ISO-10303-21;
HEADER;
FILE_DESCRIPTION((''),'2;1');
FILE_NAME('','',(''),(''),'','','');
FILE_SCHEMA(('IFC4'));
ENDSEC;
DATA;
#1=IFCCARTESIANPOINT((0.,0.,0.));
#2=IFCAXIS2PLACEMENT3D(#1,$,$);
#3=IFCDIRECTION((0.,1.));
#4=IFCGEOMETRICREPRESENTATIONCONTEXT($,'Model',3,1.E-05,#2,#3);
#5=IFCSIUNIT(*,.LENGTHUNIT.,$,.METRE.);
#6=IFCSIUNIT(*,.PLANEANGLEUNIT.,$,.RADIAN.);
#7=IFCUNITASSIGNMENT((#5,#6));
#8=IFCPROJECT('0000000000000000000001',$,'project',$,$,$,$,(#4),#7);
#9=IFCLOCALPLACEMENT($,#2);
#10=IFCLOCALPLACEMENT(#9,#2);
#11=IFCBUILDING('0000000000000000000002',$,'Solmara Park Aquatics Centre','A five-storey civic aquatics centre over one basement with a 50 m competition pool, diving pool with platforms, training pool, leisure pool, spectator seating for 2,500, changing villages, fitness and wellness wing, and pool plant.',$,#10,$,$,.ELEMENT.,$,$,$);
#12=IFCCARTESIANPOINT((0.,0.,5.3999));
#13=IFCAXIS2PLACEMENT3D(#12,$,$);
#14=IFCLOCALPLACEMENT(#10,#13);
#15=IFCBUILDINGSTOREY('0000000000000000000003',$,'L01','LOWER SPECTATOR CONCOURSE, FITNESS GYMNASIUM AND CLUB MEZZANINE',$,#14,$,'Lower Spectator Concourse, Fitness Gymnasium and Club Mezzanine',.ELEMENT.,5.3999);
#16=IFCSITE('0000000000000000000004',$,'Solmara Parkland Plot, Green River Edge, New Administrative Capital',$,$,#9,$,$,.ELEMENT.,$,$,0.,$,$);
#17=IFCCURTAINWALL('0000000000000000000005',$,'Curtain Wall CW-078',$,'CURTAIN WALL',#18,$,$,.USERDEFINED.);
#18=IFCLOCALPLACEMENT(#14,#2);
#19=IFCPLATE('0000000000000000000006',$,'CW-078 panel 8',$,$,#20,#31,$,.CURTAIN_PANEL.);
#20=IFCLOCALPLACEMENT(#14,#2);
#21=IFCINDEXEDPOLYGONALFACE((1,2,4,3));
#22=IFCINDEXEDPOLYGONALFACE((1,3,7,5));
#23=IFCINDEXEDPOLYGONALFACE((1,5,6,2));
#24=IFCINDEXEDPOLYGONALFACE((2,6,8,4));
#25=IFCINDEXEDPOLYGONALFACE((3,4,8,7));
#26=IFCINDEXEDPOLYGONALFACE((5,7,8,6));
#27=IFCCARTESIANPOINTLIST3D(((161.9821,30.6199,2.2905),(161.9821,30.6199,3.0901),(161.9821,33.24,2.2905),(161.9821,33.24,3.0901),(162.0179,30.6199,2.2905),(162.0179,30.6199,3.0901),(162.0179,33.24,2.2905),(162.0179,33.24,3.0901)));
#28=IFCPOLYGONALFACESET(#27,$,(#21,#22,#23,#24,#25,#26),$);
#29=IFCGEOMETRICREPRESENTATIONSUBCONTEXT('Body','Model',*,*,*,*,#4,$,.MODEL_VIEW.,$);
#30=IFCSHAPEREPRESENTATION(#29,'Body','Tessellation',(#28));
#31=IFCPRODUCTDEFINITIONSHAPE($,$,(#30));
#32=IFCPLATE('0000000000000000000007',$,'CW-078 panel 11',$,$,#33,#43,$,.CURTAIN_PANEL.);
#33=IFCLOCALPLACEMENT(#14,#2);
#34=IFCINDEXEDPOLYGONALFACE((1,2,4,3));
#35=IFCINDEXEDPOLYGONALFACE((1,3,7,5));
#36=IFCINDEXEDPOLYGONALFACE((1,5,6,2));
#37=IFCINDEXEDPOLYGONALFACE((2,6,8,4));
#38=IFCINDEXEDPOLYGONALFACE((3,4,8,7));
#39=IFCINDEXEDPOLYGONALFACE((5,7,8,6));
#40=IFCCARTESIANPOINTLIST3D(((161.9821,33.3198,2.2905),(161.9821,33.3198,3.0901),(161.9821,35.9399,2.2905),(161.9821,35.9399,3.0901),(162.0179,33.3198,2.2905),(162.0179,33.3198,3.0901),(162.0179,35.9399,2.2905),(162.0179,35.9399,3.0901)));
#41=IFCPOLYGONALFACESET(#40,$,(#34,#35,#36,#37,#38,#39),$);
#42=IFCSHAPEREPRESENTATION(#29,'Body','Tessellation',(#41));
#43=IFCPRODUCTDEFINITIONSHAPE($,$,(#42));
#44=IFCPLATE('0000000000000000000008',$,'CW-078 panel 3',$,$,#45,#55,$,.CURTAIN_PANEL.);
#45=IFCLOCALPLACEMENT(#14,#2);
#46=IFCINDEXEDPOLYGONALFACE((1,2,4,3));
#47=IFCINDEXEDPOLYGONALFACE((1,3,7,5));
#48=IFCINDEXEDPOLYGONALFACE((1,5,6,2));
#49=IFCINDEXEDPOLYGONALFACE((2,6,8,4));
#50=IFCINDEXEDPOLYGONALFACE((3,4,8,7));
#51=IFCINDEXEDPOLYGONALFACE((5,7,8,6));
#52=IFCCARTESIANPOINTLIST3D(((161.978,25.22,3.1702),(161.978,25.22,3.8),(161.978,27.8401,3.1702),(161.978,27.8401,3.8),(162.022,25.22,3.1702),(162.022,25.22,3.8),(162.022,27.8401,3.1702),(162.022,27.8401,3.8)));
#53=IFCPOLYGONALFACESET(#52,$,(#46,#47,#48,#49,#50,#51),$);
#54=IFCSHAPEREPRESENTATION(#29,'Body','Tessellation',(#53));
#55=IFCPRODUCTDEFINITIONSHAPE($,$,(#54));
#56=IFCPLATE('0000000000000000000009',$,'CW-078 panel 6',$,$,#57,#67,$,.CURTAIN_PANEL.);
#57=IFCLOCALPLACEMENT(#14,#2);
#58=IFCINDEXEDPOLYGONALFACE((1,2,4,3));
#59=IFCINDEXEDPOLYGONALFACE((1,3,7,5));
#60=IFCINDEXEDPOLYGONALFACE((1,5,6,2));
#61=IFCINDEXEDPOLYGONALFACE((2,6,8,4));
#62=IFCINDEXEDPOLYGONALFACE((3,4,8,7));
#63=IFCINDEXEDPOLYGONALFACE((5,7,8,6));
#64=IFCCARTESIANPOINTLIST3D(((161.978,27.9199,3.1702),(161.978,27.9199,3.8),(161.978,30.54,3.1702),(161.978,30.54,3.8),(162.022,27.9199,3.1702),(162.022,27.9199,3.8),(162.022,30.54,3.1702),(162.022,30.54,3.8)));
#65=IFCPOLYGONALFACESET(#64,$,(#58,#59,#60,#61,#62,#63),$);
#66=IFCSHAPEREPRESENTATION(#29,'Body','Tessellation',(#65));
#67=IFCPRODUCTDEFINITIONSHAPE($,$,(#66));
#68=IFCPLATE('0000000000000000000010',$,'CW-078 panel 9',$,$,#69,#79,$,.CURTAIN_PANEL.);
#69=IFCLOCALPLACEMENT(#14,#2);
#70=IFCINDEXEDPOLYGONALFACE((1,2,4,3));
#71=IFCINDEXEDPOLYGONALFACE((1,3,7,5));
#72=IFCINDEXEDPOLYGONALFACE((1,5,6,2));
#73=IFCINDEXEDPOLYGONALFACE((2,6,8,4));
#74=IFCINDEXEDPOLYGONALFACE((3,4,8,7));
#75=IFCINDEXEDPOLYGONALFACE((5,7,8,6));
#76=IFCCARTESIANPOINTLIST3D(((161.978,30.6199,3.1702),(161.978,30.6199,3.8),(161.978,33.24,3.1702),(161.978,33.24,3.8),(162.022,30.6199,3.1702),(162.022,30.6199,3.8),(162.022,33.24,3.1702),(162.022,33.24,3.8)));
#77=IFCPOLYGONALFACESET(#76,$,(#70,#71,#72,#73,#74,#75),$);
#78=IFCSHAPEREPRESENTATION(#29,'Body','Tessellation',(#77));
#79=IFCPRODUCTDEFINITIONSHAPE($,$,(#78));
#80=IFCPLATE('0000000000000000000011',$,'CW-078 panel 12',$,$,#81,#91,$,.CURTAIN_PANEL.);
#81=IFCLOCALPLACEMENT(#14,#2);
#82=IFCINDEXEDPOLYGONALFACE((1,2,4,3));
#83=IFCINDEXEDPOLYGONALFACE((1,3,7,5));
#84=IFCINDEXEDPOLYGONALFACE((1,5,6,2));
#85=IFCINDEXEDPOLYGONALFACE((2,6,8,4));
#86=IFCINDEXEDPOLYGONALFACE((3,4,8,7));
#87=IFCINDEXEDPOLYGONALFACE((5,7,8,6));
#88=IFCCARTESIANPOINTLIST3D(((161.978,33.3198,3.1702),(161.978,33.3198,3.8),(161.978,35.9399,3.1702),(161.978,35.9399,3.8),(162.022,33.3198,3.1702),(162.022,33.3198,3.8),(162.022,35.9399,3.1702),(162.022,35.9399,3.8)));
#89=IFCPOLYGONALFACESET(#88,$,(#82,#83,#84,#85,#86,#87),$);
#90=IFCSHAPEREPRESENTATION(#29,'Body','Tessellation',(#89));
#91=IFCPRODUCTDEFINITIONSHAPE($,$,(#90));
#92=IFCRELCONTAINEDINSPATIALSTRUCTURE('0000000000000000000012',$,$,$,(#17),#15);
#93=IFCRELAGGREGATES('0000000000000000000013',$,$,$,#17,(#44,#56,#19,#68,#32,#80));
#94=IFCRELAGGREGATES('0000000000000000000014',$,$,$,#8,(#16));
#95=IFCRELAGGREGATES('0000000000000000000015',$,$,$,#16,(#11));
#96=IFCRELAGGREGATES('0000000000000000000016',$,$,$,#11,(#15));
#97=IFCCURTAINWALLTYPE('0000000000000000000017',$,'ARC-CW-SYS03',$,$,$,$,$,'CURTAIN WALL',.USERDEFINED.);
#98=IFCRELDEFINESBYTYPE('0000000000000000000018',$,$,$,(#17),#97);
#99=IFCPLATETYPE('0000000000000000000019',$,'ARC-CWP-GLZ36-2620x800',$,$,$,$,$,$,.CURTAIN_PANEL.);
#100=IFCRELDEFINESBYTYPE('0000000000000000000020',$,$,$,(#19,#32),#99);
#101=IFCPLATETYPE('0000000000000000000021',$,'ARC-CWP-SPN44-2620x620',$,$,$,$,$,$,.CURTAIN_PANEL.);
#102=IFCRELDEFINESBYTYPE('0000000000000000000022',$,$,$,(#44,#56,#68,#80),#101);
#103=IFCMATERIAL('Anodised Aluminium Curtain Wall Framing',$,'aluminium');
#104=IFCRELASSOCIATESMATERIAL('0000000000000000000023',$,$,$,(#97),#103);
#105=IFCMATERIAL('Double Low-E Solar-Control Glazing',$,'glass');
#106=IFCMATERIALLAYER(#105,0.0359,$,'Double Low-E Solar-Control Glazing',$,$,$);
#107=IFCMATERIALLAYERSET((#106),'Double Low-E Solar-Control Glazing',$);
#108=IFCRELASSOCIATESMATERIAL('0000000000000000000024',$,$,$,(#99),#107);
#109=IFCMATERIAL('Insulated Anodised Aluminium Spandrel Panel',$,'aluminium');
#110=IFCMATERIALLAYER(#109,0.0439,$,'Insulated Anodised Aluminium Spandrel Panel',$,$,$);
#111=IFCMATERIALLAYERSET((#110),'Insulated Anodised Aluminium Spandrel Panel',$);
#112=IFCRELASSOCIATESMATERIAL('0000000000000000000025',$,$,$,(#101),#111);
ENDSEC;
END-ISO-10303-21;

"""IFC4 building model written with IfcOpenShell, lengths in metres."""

from ifc_helpers import new_model, si_unit, direction, frame, origin, origin_2d, place, context, subcontext, project, spatial, rectangle, extrude, material, layer, layer_set, type_object, element, aggregate, save


model = new_model("IFC4")

# Units and contexts
model_context = context("Model", 3, precision=1e-05, world=origin(), true_north=direction((0.0, 1.0)))
body_context = subcontext(model_context, "Body", "Model", "MODEL_VIEW")
ifc_project = project(units=[si_unit("LENGTHUNIT", "METRE"), si_unit("PLANEANGLEUNIT", "RADIAN")], contexts=[model_context])

# Site, building, storey
site_placement = place(None, origin())
site = spatial("IfcSite", under=ifc_project, at=site_placement, Name="Solmara Parkland Plot, Green River Edge, New Administrative Capital", CompositionType="ELEMENT", RefElevation=0.0)
building_placement = place(site_placement, origin())
building = spatial("IfcBuilding", under=site, at=building_placement, Name="Solmara Park Aquatics Centre", Description="A five-storey civic aquatics centre over one basement with a 50 m competition pool, diving pool with platforms, training pool, leisure pool, spectator seating for 2,500, changing villages, fitness and wellness wing, and pool plant.", CompositionType="ELEMENT")
storey_placement = place(building_placement, frame((0.0, 0.0, 5.3999)))
storey = spatial("IfcBuildingStorey", under=building, at=storey_placement, Name="L01", Description="LOWER SPECTATOR CONCOURSE, FITNESS GYMNASIUM AND CLUB MEZZANINE", LongName="Lower Spectator Concourse, Fitness Gymnasium and Club Mezzanine", CompositionType="ELEMENT", Elevation=5.3999)

# Curtain wall
ifc_material_1 = material(Name="Anodised Aluminium Curtain Wall Framing", Category="aluminium")
curtain_wall_type = type_object("IfcCurtainWallType", Name="ARC-CW-SYS03", ElementType="CURTAIN WALL", PredefinedType="USERDEFINED", material=ifc_material_1)
curtain_wall_1_placement = place(storey_placement, origin())
curtain_wall_1 = element("IfcCurtainWall", 1, at=curtain_wall_1_placement, inside=storey, type_object=curtain_wall_type, Name="Curtain Wall CW-078", ObjectType="CURTAIN WALL", PredefinedType="USERDEFINED")

# Plates
ifc_material_2 = material(Name="Double Low-E Solar-Control Glazing", Category="glass")
ifc_layer_1 = layer(ifc_material_2, 0.0359, Name="Double Low-E Solar-Control Glazing")
ifc_layer_set_1 = layer_set([ifc_layer_1], Name="Double Low-E Solar-Control Glazing")
plate_type_1 = type_object("IfcPlateType", Name="ARC-CWP-GLZ36-2620x800", PredefinedType="CURTAIN_PANEL", material=ifc_layer_set_1)
plate_1_placement = place(storey_placement, frame((162.0, 31.9299, 2.2905), z_axis=(0.0, 0.0, 1.0), x_axis=(0.0, 1.0, 0.0)))
plate_1 = element("IfcPlate", 2, at=plate_1_placement, type_object=plate_type_1, Name="CW-078 panel 8", PredefinedType="CURTAIN_PANEL", context=body_context, shape_type="SweptSolid", body=[
    extrude(rectangle(XDim=2.6201, YDim=0.0359, at=origin_2d()), origin(), (0.0, 0.0, 1.0), 0.7996),
])
plate_2_placement = place(storey_placement, frame((162.0, 34.6299, 2.2905), z_axis=(0.0, 0.0, 1.0), x_axis=(0.0, 1.0, 0.0)))
plate_2 = element("IfcPlate", 3, at=plate_2_placement, type_object=plate_type_1, Name="CW-078 panel 11", PredefinedType="CURTAIN_PANEL", context=body_context, shape_type="SweptSolid", body=[
    extrude(rectangle(XDim=2.6201, YDim=0.0359, at=origin_2d()), origin(), (0.0, 0.0, 1.0), 0.7996),
])
ifc_material_3 = material(Name="Insulated Anodised Aluminium Spandrel Panel", Category="aluminium")
ifc_layer_2 = layer(ifc_material_3, 0.0439, Name="Insulated Anodised Aluminium Spandrel Panel")
ifc_layer_set_2 = layer_set([ifc_layer_2], Name="Insulated Anodised Aluminium Spandrel Panel")
plate_type_2 = type_object("IfcPlateType", Name="ARC-CWP-SPN44-2620x620", PredefinedType="CURTAIN_PANEL", material=ifc_layer_set_2)
plate_3_placement = place(storey_placement, frame((162.0, 26.53, 3.1702), z_axis=(0.0, 0.0, 1.0), x_axis=(0.0, 1.0, 0.0)))
plate_3 = element("IfcPlate", 4, at=plate_3_placement, type_object=plate_type_2, Name="CW-078 panel 3", PredefinedType="CURTAIN_PANEL", context=body_context, shape_type="SweptSolid", body=[
    extrude(rectangle(XDim=2.6201, YDim=0.0439, at=origin_2d()), origin(), (0.0, 0.0, 1.0), 0.6299),
])
plate_4_placement = place(storey_placement, frame((162.0, 29.23, 3.1702), z_axis=(0.0, 0.0, 1.0), x_axis=(0.0, 1.0, 0.0)))
plate_4 = element("IfcPlate", 5, at=plate_4_placement, type_object=plate_type_2, Name="CW-078 panel 6", PredefinedType="CURTAIN_PANEL", context=body_context, shape_type="SweptSolid", body=[
    extrude(rectangle(XDim=2.6201, YDim=0.0439, at=origin_2d()), origin(), (0.0, 0.0, 1.0), 0.6299),
])
plate_5_placement = place(storey_placement, frame((162.0, 31.9299, 3.1702), z_axis=(0.0, 0.0, 1.0), x_axis=(0.0, 1.0, 0.0)))
plate_5 = element("IfcPlate", 6, at=plate_5_placement, type_object=plate_type_2, Name="CW-078 panel 9", PredefinedType="CURTAIN_PANEL", context=body_context, shape_type="SweptSolid", body=[
    extrude(rectangle(XDim=2.6201, YDim=0.0439, at=origin_2d()), origin(), (0.0, 0.0, 1.0), 0.6299),
])
plate_6_placement = place(storey_placement, frame((162.0, 34.6299, 3.1702), z_axis=(0.0, 0.0, 1.0), x_axis=(0.0, 1.0, 0.0)))
plate_6 = element("IfcPlate", 7, at=plate_6_placement, type_object=plate_type_2, Name="CW-078 panel 12", PredefinedType="CURTAIN_PANEL", context=body_context, shape_type="SweptSolid", body=[
    extrude(rectangle(XDim=2.6201, YDim=0.0439, at=origin_2d()), origin(), (0.0, 0.0, 1.0), 0.6299),
])
aggregate(curtain_wall_1, [plate_3, plate_4, plate_1, plate_5, plate_2, plate_6])

save(model, "model.ifc")
